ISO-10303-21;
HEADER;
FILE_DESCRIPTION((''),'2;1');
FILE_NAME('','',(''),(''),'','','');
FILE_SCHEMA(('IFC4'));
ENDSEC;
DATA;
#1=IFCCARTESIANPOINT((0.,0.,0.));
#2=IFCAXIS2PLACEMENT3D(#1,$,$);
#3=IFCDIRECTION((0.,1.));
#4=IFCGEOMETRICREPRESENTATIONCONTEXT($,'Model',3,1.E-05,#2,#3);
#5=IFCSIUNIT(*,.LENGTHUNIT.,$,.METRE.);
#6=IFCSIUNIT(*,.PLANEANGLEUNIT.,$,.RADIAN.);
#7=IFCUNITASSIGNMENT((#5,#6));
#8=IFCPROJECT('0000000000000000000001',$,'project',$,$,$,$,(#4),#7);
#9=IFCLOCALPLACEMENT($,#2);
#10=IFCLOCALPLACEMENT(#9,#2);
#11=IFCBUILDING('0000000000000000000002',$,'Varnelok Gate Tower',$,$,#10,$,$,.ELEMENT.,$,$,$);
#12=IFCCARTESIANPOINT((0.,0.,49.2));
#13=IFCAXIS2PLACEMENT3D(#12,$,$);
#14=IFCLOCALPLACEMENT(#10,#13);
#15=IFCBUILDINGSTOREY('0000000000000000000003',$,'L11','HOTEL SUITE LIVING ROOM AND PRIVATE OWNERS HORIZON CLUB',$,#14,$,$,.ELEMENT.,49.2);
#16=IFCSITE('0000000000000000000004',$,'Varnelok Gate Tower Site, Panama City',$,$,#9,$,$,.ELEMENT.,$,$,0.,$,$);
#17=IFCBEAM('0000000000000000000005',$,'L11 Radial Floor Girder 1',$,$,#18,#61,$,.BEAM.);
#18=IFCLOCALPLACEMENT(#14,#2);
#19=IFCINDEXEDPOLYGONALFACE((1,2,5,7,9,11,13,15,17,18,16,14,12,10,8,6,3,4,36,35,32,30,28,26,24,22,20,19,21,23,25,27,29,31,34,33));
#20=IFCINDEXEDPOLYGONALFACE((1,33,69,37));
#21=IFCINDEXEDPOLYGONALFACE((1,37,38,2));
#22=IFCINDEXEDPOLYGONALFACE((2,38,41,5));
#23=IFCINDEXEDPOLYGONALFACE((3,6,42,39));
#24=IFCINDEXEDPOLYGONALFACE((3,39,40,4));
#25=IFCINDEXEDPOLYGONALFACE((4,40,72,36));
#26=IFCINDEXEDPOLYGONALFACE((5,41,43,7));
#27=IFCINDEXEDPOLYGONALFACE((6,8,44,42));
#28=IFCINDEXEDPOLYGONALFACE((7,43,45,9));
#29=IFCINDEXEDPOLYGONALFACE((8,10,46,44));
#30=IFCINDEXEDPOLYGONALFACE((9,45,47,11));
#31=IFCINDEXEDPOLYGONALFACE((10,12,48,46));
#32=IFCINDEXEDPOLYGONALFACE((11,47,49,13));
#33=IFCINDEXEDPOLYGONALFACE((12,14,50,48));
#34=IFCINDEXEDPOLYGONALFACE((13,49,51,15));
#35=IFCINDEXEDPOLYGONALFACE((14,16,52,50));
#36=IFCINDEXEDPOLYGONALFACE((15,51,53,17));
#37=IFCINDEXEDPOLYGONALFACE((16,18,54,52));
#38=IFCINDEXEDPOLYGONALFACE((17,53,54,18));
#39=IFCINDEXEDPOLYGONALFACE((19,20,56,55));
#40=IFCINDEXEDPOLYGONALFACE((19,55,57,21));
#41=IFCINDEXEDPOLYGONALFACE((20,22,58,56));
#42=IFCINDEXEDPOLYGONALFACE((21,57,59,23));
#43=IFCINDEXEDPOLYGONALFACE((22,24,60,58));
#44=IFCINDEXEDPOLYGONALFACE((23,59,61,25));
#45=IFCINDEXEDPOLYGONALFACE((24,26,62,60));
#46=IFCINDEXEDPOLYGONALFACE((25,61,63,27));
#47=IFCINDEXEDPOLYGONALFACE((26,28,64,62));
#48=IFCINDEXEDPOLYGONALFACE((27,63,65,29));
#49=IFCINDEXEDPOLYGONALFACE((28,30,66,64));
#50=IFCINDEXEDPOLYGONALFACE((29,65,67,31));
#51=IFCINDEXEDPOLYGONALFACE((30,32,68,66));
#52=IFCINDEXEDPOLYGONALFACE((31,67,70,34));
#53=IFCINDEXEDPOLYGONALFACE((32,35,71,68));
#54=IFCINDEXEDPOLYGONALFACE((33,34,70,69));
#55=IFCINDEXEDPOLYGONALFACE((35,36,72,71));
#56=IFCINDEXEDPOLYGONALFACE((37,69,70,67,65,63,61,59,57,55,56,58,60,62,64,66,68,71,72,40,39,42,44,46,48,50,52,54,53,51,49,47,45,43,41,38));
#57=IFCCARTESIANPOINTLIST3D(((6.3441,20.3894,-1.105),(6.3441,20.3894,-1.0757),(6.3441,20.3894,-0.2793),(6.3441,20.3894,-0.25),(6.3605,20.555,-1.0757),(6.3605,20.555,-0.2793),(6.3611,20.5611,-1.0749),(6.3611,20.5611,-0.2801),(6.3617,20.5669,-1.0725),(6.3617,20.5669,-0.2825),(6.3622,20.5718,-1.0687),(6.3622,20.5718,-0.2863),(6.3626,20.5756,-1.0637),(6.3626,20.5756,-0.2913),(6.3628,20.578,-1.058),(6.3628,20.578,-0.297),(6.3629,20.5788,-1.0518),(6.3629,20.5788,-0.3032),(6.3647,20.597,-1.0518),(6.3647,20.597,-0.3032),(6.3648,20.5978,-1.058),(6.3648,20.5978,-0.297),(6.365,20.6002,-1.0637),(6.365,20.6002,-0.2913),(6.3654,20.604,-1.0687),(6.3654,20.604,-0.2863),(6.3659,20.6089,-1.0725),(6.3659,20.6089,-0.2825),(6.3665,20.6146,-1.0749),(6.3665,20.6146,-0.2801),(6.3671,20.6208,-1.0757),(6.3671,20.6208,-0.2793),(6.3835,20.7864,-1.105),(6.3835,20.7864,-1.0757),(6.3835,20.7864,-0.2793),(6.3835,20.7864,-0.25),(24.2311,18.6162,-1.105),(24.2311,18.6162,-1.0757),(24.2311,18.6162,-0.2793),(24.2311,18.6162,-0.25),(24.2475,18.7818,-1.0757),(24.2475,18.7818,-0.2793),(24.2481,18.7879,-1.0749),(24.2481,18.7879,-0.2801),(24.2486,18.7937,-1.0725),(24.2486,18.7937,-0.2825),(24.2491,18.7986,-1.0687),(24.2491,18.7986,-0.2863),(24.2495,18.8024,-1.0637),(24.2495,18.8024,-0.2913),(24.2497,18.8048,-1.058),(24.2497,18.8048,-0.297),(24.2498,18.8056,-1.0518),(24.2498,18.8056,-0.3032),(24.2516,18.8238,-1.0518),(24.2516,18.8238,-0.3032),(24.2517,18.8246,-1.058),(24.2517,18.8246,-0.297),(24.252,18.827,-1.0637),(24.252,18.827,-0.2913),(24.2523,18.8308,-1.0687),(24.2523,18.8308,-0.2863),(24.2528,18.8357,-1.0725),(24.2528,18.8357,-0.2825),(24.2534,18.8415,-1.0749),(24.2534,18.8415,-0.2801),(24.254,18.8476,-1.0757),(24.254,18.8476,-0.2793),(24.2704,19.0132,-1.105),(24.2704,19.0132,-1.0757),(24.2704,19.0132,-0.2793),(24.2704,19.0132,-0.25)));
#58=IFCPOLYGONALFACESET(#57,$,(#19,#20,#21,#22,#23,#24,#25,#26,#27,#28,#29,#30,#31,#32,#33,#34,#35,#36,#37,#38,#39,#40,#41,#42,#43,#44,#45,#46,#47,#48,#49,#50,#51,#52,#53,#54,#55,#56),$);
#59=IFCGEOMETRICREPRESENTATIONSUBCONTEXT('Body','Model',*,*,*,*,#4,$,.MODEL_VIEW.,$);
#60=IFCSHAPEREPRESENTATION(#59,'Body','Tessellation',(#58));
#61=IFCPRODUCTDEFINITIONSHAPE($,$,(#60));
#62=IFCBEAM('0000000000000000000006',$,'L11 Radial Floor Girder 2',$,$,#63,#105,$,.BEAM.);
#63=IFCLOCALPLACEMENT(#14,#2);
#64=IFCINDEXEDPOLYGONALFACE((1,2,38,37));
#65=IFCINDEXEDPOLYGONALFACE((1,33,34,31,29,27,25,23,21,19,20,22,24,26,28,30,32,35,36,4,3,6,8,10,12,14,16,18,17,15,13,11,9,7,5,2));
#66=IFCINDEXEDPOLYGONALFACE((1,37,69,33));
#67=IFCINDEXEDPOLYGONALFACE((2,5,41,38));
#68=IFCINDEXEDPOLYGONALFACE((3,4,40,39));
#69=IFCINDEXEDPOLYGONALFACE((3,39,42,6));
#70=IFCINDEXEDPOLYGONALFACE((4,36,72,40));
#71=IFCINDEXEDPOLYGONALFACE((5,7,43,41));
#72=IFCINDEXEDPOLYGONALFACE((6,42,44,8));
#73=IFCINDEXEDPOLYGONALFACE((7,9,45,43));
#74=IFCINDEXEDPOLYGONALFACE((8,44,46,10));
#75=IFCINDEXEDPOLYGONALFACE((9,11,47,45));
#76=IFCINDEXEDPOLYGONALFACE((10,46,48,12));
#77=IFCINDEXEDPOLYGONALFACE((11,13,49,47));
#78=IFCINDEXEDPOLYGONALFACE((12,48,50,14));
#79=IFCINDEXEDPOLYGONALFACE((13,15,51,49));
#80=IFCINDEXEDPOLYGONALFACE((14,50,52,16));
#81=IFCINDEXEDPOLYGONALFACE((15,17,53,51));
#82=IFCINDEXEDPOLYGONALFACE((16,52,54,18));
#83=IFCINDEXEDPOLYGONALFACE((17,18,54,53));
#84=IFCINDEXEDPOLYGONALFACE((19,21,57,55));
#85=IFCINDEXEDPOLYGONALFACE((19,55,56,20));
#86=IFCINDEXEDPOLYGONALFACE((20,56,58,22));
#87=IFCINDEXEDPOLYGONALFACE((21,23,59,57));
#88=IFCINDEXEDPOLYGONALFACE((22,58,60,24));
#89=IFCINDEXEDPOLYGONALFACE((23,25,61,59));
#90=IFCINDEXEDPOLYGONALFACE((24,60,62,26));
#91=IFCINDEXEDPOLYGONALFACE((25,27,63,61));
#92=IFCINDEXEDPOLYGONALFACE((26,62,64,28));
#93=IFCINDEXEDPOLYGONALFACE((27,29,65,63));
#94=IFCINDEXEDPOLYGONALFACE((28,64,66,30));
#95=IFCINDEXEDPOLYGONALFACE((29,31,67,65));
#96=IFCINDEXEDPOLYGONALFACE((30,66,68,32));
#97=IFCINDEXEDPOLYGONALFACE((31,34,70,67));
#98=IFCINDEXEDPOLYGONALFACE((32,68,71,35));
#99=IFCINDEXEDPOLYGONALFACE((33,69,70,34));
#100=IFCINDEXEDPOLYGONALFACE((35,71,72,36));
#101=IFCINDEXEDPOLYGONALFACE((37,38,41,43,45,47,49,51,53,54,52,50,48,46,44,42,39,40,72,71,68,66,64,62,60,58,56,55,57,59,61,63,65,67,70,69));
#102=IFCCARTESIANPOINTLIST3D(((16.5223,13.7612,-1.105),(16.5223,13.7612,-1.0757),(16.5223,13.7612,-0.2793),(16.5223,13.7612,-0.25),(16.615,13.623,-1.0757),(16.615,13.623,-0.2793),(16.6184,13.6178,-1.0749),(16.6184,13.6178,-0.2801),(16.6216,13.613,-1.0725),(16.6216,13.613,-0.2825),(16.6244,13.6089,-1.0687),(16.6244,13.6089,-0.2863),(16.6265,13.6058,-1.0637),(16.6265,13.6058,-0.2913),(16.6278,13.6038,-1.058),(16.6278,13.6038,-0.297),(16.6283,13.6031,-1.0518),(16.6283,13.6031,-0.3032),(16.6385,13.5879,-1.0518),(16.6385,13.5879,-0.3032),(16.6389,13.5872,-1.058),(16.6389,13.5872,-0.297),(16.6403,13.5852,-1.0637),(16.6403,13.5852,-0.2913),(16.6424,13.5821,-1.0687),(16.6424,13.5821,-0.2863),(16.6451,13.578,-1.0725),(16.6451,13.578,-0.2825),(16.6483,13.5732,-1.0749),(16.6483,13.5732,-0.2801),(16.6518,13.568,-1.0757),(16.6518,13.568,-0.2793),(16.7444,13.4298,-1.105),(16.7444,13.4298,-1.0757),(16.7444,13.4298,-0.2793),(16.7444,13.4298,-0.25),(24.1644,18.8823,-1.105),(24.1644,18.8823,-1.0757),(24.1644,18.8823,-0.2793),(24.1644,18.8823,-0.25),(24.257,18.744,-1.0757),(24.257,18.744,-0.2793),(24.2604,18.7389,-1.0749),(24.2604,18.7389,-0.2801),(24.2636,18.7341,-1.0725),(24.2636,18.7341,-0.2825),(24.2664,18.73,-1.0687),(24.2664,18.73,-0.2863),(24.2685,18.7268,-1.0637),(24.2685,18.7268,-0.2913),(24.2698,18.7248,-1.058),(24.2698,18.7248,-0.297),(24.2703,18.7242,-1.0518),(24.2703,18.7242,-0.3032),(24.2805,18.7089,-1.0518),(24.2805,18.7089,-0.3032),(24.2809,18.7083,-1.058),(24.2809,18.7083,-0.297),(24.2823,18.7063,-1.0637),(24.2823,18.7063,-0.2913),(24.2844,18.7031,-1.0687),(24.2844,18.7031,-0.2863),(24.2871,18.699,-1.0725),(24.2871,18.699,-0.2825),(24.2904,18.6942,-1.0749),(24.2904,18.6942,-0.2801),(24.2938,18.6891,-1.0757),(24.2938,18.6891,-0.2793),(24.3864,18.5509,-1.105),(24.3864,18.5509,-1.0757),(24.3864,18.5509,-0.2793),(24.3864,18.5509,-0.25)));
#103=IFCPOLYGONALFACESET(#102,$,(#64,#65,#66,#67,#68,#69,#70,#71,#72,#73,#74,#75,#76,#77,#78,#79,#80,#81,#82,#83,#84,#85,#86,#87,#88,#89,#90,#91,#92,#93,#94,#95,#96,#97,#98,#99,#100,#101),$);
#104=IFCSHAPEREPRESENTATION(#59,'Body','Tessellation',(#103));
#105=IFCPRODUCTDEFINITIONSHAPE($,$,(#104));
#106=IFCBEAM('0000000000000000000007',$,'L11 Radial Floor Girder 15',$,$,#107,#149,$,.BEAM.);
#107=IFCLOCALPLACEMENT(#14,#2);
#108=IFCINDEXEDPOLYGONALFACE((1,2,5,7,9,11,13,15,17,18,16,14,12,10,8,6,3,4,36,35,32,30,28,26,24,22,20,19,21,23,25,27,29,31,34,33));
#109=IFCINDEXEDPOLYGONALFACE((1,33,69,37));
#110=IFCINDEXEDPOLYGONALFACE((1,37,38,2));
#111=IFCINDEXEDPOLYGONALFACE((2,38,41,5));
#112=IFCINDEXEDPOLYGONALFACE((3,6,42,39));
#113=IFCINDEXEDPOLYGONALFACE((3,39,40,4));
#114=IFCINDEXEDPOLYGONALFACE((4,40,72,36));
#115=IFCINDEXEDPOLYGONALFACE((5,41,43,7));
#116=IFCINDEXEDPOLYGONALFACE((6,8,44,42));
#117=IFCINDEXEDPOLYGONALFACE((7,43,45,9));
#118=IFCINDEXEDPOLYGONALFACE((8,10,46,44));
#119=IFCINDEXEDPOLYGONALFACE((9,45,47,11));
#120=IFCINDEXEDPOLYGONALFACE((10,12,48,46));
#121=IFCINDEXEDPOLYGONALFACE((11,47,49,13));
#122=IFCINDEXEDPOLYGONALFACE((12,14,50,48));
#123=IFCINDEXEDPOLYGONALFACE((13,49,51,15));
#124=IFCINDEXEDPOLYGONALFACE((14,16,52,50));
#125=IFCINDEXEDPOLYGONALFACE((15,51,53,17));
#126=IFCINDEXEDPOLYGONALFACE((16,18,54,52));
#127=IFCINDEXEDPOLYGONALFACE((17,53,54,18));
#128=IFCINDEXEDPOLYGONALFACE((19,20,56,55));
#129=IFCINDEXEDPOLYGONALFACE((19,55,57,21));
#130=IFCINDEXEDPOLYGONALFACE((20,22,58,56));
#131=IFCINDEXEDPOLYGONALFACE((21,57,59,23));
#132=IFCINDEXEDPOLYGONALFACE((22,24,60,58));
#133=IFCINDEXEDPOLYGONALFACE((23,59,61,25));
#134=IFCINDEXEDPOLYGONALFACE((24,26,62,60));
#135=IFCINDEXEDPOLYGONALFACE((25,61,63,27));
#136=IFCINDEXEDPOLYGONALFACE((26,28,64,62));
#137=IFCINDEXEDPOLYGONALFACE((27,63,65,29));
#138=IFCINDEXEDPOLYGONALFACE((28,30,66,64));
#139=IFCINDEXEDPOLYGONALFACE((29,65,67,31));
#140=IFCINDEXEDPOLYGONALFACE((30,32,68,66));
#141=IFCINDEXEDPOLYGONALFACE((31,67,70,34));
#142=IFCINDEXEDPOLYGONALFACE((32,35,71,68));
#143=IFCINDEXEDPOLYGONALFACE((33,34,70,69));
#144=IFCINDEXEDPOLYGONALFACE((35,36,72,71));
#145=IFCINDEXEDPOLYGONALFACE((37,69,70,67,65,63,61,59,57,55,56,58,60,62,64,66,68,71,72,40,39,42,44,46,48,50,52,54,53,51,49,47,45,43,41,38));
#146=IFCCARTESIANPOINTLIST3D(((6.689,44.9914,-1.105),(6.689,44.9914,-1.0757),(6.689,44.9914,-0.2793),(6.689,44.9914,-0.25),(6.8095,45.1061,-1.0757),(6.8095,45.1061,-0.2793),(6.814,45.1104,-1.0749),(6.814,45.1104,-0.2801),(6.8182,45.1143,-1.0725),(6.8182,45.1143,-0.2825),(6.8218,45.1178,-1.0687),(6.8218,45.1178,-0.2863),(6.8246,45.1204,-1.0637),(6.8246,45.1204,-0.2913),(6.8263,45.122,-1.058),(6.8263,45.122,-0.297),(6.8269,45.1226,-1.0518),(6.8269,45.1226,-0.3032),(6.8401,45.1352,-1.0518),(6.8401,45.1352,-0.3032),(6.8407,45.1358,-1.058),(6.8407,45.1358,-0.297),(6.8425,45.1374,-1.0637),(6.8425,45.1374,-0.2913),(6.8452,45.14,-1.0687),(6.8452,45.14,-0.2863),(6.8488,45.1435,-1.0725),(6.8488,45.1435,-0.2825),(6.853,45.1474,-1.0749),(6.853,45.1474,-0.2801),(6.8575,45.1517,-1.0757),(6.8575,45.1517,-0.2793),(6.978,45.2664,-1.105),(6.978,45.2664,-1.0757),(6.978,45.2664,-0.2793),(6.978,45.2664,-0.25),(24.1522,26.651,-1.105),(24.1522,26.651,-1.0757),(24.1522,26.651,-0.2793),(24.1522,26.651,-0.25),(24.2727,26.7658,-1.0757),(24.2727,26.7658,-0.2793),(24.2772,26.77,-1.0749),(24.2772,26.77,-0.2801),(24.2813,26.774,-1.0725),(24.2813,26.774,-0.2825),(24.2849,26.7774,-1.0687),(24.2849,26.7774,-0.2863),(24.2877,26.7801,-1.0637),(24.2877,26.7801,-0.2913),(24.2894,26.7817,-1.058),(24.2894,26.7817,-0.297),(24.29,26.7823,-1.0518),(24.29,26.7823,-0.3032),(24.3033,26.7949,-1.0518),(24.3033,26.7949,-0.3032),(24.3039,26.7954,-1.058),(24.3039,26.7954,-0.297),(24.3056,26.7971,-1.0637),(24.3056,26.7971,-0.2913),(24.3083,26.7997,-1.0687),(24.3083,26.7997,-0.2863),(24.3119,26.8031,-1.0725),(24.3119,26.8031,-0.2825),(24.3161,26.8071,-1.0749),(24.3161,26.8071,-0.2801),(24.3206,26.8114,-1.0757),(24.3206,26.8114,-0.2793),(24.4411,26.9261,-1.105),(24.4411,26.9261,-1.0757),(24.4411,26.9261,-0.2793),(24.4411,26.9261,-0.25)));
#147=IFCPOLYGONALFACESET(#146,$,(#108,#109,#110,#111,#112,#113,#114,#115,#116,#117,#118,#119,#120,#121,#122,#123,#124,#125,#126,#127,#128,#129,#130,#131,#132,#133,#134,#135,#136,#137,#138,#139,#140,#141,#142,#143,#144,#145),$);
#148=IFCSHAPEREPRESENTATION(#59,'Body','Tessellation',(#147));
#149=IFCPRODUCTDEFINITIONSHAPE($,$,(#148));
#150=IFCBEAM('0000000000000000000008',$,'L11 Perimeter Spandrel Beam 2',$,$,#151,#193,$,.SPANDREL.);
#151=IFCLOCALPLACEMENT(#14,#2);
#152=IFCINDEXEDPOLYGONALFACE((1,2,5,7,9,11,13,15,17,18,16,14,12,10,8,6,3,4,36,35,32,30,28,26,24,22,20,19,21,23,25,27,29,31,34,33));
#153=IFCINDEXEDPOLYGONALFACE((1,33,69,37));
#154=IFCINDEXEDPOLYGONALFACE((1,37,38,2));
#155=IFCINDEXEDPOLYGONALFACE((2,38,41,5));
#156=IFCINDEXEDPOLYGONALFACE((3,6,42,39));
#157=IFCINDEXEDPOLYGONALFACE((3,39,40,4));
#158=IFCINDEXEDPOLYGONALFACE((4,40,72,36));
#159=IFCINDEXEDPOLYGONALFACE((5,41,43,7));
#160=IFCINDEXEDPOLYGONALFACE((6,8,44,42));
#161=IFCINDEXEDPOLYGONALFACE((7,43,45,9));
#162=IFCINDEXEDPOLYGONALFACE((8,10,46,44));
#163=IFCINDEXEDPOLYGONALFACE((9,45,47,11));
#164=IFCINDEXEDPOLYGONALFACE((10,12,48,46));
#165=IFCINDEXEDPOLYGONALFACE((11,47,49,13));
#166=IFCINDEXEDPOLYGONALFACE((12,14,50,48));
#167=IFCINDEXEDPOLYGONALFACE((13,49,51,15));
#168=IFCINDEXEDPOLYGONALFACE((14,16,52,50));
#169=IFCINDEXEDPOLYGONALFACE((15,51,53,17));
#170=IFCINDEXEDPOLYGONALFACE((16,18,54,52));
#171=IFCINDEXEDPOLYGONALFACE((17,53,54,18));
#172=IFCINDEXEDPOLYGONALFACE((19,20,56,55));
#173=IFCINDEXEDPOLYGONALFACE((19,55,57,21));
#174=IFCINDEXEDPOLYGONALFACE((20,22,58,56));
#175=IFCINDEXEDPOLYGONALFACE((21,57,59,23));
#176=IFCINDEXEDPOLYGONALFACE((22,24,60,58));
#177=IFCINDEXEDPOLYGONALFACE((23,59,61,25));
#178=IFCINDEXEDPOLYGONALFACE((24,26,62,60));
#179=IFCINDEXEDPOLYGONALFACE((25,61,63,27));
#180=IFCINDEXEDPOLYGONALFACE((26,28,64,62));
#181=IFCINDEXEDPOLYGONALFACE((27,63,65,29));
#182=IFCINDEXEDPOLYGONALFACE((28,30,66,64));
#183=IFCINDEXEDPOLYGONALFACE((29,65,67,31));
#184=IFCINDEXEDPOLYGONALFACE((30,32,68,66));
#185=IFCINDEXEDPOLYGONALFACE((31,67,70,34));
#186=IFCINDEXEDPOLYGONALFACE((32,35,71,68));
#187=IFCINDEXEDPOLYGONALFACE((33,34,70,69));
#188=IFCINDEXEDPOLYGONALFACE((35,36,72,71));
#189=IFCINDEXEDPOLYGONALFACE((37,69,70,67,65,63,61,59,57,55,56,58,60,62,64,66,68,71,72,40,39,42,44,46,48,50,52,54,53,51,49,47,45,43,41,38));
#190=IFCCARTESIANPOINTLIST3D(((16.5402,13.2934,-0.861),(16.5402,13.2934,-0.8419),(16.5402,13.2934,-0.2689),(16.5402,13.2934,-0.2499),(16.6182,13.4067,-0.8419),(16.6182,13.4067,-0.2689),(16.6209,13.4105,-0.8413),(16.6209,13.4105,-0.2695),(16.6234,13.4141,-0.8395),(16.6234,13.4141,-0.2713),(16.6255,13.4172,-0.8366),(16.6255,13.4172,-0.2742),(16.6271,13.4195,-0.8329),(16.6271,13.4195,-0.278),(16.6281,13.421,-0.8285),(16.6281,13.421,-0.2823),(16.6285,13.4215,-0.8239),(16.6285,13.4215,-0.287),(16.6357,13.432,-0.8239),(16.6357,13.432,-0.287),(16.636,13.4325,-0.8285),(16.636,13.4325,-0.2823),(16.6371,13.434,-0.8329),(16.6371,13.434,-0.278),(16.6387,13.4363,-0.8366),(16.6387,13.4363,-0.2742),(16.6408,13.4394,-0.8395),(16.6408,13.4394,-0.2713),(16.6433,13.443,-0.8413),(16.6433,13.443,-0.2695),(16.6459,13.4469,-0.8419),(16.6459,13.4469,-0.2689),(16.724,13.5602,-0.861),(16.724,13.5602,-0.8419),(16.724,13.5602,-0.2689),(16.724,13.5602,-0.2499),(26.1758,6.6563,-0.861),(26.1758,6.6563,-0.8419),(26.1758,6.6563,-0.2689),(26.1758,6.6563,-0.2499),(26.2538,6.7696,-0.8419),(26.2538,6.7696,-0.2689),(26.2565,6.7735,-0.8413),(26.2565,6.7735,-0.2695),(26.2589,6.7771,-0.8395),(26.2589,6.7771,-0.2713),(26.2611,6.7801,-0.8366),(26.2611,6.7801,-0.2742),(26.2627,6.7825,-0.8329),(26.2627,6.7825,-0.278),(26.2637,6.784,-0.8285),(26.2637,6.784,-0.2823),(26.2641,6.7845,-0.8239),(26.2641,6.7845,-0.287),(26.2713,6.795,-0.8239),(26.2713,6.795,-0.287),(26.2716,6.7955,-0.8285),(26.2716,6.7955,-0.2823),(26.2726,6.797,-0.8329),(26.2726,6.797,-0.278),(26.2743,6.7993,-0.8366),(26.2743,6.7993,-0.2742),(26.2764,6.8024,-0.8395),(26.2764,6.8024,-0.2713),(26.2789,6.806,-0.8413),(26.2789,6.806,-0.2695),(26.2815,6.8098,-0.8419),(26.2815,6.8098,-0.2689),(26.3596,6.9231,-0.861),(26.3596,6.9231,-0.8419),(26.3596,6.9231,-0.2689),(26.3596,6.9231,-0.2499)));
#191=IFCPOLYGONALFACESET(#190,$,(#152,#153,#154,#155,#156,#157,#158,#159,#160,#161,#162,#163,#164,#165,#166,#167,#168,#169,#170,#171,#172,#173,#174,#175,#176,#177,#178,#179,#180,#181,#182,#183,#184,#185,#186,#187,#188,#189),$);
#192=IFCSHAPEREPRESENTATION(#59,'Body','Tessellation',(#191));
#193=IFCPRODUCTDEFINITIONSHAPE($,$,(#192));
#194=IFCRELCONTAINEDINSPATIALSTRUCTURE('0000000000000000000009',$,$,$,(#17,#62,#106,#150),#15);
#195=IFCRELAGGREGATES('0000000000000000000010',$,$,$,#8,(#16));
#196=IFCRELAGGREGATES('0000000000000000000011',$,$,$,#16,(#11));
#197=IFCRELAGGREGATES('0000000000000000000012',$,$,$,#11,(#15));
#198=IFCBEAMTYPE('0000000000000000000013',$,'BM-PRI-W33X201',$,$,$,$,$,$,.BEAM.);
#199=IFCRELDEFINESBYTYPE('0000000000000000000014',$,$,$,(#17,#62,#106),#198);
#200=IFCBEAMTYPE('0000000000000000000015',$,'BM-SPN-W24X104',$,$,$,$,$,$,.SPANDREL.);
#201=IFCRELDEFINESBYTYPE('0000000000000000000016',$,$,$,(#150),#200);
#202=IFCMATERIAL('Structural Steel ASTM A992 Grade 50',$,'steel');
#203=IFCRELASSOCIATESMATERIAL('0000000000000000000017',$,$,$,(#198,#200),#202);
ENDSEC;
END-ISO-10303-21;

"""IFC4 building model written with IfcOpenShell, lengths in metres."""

from ifc_helpers import new_model, si_unit, direction, frame, origin, origin_2d, place, context, subcontext, project, spatial, i_section, extrude, material, material_profile, profile_set, type_object, element, save


model = new_model("IFC4")

# Units and contexts
model_context = context("Model", 3, precision=1e-05, world=origin(), true_north=direction((0.0, 1.0)))
body_context = subcontext(model_context, "Body", "Model", "MODEL_VIEW")
ifc_project = project(units=[si_unit("LENGTHUNIT", "METRE"), si_unit("PLANEANGLEUNIT", "RADIAN")], contexts=[model_context])

# Site, building, storey
site_placement = place(None, origin())
site = spatial("IfcSite", under=ifc_project, at=site_placement, Name="Varnelok Gate Tower Site, Panama City", CompositionType="ELEMENT", RefElevation=0.0)
building_placement = place(site_placement, origin())
building = spatial("IfcBuilding", under=site, at=building_placement, Name="Varnelok Gate Tower", CompositionType="ELEMENT")
storey_placement = place(building_placement, frame((0.0, 0.0, 49.2)))
storey = spatial("IfcBuildingStorey", under=building, at=storey_placement, Name="L11", Description="HOTEL SUITE LIVING ROOM AND PRIVATE OWNERS HORIZON CLUB", CompositionType="ELEMENT", Elevation=49.2)

# Shared definitions
ifc_material_1 = material(Name="Structural Steel ASTM A992 Grade 50", Category="steel")

# Beams
ifc_material_profile_1 = material_profile(ifc_material_1, i_section(OverallWidth=0.3989, OverallDepth=0.855, WebThickness=0.0183, FlangeThickness=0.0293, FilletRadius=0.0239, at=origin_2d()), Name="W33X201")
ifc_profile_set_1 = profile_set([ifc_material_profile_1], Name="Structural Steel ASTM A992 Grade 50")
beam_type_1 = type_object("IfcBeamType", Name="BM-PRI-W33X201", PredefinedType="BEAM", material=ifc_profile_set_1)
beam_1_placement = place(storey_placement, frame((24.2507, 18.8147, -0.6775), z_axis=(-0.995122, 0.09865, 0.0), x_axis=(-0.09865, -0.995122, 0.0)))
element("IfcBeam", 1, at=beam_1_placement, inside=storey, type_object=beam_type_1, Name="L11 Radial Floor Girder 1", PredefinedType="BEAM", context=body_context, shape_type="SweptSolid", body=[
    extrude(i_section(OverallWidth=0.3989, OverallDepth=0.855, WebThickness=0.0183, FlangeThickness=0.0293, FilletRadius=0.0239, at=origin_2d()), origin(), (0.0, 0.0, 1.0), 17.9746),
])
beam_2_placement = place(storey_placement, frame((24.2754, 18.7166, -0.6775), z_axis=(-0.830725, -0.556683, 0.0), x_axis=(0.556683, -0.830725, 0.0)))
element("IfcBeam", 2, at=beam_2_placement, inside=storey, type_object=beam_type_1, Name="L11 Radial Floor Girder 2", PredefinedType="BEAM", context=body_context, shape_type="SweptSolid", body=[
    extrude(i_section(OverallWidth=0.3989, OverallDepth=0.855, WebThickness=0.0183, FlangeThickness=0.0293, FilletRadius=0.0239, at=origin_2d()), origin(), (0.0, 0.0, 1.0), 9.1992),
])
beam_3_placement = place(storey_placement, frame((24.2966, 26.7886, -0.6775), z_axis=(-0.689575, 0.724214, 0.0), x_axis=(-0.724214, -0.689575, 0.0)))
element("IfcBeam", 3, at=beam_3_placement, inside=storey, type_object=beam_type_1, Name="L11 Radial Floor Girder 15", PredefinedType="BEAM", context=body_context, shape_type="SweptSolid", body=[
    extrude(i_section(OverallWidth=0.3989, OverallDepth=0.855, WebThickness=0.0183, FlangeThickness=0.0293, FilletRadius=0.0239, at=origin_2d()), origin(), (0.0, 0.0, 1.0), 25.3245),
])
ifc_material_profile_2 = material_profile(ifc_material_1, i_section(OverallWidth=0.324, OverallDepth=0.6111, WebThickness=0.0127, FlangeThickness=0.019, FilletRadius=0.0181, at=origin_2d()), Name="W24X104")
ifc_profile_set_2 = profile_set([ifc_material_profile_2], Name="Structural Steel ASTM A992 Grade 50")
beam_type_2 = type_object("IfcBeamType", Name="BM-SPN-W24X104", PredefinedType="SPANDREL", material=ifc_profile_set_2)
beam_4_placement = place(storey_placement, frame((16.6321, 13.4268, -0.5554), z_axis=(0.823541, -0.567257, 0.0), x_axis=(0.567257, 0.823541, 0.0)))
element("IfcBeam", 4, at=beam_4_placement, inside=storey, type_object=beam_type_2, Name="L11 Perimeter Spandrel Beam 2", PredefinedType="SPANDREL", context=body_context, shape_type="SweptSolid", body=[
    extrude(i_section(OverallWidth=0.324, OverallDepth=0.6111, WebThickness=0.0127, FlangeThickness=0.019, FilletRadius=0.0181, at=origin_2d()), origin(), (0.0, 0.0, 1.0), 11.7002),
])

save(model, "model.ifc")
